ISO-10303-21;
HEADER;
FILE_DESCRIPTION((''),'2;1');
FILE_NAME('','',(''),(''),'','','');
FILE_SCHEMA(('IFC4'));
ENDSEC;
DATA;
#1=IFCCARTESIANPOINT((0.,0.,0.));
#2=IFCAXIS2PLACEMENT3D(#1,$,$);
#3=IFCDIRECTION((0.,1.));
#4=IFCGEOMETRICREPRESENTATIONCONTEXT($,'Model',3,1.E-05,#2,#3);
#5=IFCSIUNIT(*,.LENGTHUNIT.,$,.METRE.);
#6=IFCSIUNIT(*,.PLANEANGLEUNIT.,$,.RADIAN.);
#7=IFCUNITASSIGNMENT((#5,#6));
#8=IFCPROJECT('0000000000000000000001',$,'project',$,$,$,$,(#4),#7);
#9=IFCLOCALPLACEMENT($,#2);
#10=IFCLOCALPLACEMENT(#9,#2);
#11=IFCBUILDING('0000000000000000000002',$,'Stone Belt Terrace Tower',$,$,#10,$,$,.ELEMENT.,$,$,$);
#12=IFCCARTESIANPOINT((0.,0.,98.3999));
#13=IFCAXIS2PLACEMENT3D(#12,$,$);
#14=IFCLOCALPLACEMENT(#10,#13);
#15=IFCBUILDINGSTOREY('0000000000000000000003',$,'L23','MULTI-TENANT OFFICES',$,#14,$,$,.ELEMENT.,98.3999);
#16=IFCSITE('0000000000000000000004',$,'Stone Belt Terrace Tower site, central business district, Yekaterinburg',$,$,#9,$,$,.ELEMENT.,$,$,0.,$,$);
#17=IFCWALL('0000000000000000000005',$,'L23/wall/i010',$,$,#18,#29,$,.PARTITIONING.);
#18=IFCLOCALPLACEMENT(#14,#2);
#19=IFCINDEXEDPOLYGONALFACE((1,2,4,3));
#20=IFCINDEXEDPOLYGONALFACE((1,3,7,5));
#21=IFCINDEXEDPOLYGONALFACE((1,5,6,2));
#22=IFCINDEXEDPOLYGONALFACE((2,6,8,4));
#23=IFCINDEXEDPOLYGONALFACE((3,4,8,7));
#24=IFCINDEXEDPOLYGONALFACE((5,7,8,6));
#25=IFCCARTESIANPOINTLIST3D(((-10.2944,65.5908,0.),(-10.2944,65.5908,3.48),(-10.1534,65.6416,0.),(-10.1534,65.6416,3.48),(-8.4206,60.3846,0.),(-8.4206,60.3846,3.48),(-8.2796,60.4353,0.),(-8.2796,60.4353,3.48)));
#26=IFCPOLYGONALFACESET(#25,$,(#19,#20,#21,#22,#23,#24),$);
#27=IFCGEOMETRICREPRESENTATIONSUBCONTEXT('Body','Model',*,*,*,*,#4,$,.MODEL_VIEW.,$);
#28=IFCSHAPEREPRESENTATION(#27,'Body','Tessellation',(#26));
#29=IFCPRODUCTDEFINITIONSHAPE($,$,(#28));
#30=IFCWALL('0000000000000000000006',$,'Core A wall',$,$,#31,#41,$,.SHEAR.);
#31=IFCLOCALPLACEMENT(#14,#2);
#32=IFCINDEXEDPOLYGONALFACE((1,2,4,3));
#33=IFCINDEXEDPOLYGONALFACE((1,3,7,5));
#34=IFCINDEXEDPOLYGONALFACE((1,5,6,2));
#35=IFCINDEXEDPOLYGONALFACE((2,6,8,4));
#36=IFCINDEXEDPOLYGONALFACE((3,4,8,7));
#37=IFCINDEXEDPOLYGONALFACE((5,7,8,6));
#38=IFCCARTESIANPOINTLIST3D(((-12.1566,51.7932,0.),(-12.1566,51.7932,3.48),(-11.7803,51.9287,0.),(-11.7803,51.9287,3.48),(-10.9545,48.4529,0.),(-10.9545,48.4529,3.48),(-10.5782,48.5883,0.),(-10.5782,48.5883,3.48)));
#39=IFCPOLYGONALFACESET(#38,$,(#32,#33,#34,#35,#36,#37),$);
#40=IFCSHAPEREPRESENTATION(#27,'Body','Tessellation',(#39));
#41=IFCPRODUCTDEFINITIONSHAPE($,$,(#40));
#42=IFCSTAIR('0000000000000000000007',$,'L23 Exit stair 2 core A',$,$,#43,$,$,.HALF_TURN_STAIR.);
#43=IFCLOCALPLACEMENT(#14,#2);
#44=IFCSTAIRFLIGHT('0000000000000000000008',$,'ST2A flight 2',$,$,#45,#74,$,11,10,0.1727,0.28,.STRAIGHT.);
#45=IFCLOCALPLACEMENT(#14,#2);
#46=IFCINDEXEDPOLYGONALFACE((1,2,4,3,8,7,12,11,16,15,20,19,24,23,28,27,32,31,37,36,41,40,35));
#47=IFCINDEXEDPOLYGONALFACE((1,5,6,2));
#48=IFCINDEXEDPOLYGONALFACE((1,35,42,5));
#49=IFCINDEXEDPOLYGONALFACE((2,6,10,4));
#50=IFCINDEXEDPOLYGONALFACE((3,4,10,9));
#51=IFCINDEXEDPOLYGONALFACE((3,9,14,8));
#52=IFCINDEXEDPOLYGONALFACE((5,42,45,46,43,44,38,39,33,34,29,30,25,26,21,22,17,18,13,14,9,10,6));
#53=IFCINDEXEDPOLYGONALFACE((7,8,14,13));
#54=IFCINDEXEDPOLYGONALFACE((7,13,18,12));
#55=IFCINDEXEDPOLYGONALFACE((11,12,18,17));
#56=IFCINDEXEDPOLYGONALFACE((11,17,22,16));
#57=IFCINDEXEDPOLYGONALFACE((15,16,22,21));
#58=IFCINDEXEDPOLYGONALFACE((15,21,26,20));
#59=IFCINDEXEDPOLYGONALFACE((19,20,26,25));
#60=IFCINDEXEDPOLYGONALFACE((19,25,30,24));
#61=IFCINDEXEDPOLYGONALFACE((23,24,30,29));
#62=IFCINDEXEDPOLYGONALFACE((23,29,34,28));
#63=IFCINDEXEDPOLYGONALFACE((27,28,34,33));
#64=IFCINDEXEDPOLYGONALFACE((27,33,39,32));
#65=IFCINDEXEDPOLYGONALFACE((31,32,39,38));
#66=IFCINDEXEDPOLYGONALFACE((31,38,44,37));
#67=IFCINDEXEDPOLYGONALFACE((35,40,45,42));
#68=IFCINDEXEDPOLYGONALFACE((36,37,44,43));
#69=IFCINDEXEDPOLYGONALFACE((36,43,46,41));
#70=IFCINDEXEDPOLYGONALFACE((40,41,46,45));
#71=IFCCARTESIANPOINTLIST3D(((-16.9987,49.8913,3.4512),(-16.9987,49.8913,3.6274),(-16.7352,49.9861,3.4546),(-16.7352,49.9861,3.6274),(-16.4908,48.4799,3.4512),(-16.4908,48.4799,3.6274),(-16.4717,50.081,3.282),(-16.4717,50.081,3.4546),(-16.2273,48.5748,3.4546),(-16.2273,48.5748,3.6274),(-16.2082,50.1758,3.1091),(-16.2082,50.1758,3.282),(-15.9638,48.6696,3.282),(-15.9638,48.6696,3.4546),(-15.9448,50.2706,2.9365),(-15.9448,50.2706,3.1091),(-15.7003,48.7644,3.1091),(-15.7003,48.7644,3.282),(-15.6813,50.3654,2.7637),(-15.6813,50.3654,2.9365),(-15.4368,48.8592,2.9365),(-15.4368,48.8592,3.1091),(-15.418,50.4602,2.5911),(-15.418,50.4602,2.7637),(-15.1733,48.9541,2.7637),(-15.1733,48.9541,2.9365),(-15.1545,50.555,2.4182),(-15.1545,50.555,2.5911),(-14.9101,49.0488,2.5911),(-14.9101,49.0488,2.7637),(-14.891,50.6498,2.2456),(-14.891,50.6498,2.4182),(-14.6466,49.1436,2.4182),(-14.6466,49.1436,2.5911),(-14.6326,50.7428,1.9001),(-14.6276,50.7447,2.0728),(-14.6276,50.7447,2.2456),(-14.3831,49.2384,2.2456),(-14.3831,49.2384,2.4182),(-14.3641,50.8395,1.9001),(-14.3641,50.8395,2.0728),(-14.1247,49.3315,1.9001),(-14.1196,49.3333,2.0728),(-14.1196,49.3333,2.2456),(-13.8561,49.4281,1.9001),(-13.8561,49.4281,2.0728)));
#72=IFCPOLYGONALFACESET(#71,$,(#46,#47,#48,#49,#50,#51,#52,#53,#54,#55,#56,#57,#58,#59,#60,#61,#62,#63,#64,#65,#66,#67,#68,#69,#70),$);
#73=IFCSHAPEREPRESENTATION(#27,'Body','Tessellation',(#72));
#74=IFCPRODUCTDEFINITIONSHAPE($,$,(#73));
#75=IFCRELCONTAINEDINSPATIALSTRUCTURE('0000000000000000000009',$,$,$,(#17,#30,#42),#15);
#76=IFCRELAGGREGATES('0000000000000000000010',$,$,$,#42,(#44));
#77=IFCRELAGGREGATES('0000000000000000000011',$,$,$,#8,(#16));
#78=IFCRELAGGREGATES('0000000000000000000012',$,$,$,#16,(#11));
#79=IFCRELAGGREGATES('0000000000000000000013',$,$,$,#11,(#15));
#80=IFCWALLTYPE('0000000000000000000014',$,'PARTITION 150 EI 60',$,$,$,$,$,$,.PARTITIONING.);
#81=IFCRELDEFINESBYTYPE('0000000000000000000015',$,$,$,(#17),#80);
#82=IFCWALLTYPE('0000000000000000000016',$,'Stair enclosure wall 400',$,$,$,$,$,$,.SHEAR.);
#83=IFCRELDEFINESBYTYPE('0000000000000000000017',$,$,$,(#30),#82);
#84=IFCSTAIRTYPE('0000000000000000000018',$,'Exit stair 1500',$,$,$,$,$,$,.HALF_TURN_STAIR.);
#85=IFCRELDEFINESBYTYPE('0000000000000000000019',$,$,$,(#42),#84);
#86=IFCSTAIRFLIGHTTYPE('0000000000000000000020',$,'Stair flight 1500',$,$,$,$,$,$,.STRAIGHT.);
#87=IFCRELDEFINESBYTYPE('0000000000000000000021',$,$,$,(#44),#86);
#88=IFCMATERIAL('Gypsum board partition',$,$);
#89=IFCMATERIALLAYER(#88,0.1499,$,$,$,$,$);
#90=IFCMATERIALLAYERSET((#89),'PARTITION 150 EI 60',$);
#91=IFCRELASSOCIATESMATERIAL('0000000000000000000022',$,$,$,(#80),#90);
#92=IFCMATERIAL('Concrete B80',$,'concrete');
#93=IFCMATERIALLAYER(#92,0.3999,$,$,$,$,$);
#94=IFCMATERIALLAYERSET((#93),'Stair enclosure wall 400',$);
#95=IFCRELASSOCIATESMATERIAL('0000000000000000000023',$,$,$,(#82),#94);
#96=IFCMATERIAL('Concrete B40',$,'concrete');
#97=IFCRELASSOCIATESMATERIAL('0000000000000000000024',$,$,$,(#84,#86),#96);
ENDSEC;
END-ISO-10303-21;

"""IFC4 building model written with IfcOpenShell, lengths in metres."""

from ifc_helpers import new_model, si_unit, direction, frame, frame_2d, origin, place, context, subcontext, project, spatial, polyline, rectangle, outline, extrude, material, layer, layer_set, type_object, element, aggregate, save


model = new_model("IFC4")

# Units and contexts
model_context = context("Model", 3, precision=1e-05, world=origin(), true_north=direction((0.0, 1.0)))
body_context = subcontext(model_context, "Body", "Model", "MODEL_VIEW")
ifc_project = project(units=[si_unit("LENGTHUNIT", "METRE"), si_unit("PLANEANGLEUNIT", "RADIAN")], contexts=[model_context])

# Site, building, storey
site_placement = place(None, origin())
site = spatial("IfcSite", under=ifc_project, at=site_placement, Name="Stone Belt Terrace Tower site, central business district, Yekaterinburg", CompositionType="ELEMENT", RefElevation=0.0)
building_placement = place(site_placement, origin())
building = spatial("IfcBuilding", under=site, at=building_placement, Name="Stone Belt Terrace Tower", CompositionType="ELEMENT")
storey_placement = place(building_placement, frame((0.0, 0.0, 98.3999)))
storey = spatial("IfcBuildingStorey", under=building, at=storey_placement, Name="L23", Description="MULTI-TENANT OFFICES", CompositionType="ELEMENT", Elevation=98.3999)

# Shared definitions
ifc_material_1 = material(Name="Concrete B80", Category="concrete")

# Shared definitions
ifc_material_2 = material(Name="Gypsum board partition")
ifc_layer_1 = layer(ifc_material_2, 0.1499)
ifc_layer_set_1 = layer_set([ifc_layer_1], Name="PARTITION 150 EI 60")
wall_type_1 = type_object("IfcWallType", Name="PARTITION 150 EI 60", PredefinedType="PARTITIONING", material=ifc_layer_set_1)

# Walls
wall_1_placement = place(storey_placement, frame((-10.2239, 65.6162, 0.0), z_axis=(0.0, 0.0, 1.0), x_axis=(0.338641, -0.940916, 0.0)))
element("IfcWall", 1, at=wall_1_placement, inside=storey, type_object=wall_type_1, Name="L23/wall/i010", PredefinedType="PARTITIONING", context=body_context, shape_type="SweptSolid", body=[
    extrude(rectangle(XDim=5.5332, YDim=0.1499, at=frame_2d((2.7666, 0.0))), origin(), (0.0, 0.0, 1.0), 3.48),
])
ifc_layer_2 = layer(ifc_material_1, 0.3999)
ifc_layer_set_2 = layer_set([ifc_layer_2], Name="Stair enclosure wall 400")
wall_type_2 = type_object("IfcWallType", Name="Stair enclosure wall 400", PredefinedType="SHEAR", material=ifc_layer_set_2)
wall_2_placement = place(storey_placement, frame((-10.7664, 48.5208, 0.0), z_axis=(0.0, 0.0, 1.0), x_axis=(-0.338627, 0.940921, 0.0)))
element("IfcWall", 2, at=wall_2_placement, inside=storey, type_object=wall_type_2, Name="Core A wall", PredefinedType="SHEAR", context=body_context, shape_type="SweptSolid", body=[
    extrude(rectangle(XDim=3.55, YDim=0.3999, at=frame_2d((1.7749, 0.0))), origin(), (0.0, 0.0, 1.0), 3.48),
])

# Stair, stair flight
ifc_material_3 = material(Name="Concrete B40", Category="concrete")
stair_type = type_object("IfcStairType", Name="Exit stair 1500", PredefinedType="HALF_TURN_STAIR", material=ifc_material_3)
stair_placement = place(storey_placement, origin())
stair = element("IfcStair", 3, at=stair_placement, inside=storey, type_object=stair_type, Name="L23 Exit stair 2 core A", PredefinedType="HALF_TURN_STAIR")
stair_flight_type = type_object("IfcStairFlightType", Name="Stair flight 1500", PredefinedType="STRAIGHT", material=ifc_material_3)
stair_flight_placement = place(storey_placement, frame((-14.1101, 50.1338, 1.9001), z_axis=(0.0, 0.0, 1.0), x_axis=(-0.940922, -0.338624, 0.0)))
stair_flight = element("IfcStairFlight", 4, at=stair_flight_placement, type_object=stair_flight_type, Name="ST2A flight 2", NumberOfRisers=11, NumberOfTreads=10, PredefinedType="STRAIGHT", RiserHeight=0.1727, TreadLength=0.28, context=body_context, shape_type="SweptSolid", body=[
    extrude(outline(polyline([(0.0, 0.0), (0.0, 0.1726), (0.28, 0.1726), (0.28, 0.3455), (0.5601, 0.3455), (0.5601, 0.5181), (0.8401, 0.5181), (0.8401, 0.6909), (1.1201, 0.6909), (1.1201, 0.8635), (1.3999, 0.8635), (1.3999, 1.0364), (1.6799, 1.0364), (1.6799, 1.209), (1.96, 1.209), (1.96, 1.3818), (2.24, 1.3818), (2.24, 1.5544), (2.52, 1.5544), (2.52, 1.7273), (2.8, 1.7273), (2.8, 1.8999), (2.8, 1.551), (0.2854, 0.0), (0.0, 0.0)])), frame((0.0, 0.75, 0.0), z_axis=(0.0, -1.0, 0.0), x_axis=(1.0, 0.0, 0.0)), (0.0, 0.0, 1.0), 1.5),
])
aggregate(stair, [stair_flight])

save(model, "model.ifc")
